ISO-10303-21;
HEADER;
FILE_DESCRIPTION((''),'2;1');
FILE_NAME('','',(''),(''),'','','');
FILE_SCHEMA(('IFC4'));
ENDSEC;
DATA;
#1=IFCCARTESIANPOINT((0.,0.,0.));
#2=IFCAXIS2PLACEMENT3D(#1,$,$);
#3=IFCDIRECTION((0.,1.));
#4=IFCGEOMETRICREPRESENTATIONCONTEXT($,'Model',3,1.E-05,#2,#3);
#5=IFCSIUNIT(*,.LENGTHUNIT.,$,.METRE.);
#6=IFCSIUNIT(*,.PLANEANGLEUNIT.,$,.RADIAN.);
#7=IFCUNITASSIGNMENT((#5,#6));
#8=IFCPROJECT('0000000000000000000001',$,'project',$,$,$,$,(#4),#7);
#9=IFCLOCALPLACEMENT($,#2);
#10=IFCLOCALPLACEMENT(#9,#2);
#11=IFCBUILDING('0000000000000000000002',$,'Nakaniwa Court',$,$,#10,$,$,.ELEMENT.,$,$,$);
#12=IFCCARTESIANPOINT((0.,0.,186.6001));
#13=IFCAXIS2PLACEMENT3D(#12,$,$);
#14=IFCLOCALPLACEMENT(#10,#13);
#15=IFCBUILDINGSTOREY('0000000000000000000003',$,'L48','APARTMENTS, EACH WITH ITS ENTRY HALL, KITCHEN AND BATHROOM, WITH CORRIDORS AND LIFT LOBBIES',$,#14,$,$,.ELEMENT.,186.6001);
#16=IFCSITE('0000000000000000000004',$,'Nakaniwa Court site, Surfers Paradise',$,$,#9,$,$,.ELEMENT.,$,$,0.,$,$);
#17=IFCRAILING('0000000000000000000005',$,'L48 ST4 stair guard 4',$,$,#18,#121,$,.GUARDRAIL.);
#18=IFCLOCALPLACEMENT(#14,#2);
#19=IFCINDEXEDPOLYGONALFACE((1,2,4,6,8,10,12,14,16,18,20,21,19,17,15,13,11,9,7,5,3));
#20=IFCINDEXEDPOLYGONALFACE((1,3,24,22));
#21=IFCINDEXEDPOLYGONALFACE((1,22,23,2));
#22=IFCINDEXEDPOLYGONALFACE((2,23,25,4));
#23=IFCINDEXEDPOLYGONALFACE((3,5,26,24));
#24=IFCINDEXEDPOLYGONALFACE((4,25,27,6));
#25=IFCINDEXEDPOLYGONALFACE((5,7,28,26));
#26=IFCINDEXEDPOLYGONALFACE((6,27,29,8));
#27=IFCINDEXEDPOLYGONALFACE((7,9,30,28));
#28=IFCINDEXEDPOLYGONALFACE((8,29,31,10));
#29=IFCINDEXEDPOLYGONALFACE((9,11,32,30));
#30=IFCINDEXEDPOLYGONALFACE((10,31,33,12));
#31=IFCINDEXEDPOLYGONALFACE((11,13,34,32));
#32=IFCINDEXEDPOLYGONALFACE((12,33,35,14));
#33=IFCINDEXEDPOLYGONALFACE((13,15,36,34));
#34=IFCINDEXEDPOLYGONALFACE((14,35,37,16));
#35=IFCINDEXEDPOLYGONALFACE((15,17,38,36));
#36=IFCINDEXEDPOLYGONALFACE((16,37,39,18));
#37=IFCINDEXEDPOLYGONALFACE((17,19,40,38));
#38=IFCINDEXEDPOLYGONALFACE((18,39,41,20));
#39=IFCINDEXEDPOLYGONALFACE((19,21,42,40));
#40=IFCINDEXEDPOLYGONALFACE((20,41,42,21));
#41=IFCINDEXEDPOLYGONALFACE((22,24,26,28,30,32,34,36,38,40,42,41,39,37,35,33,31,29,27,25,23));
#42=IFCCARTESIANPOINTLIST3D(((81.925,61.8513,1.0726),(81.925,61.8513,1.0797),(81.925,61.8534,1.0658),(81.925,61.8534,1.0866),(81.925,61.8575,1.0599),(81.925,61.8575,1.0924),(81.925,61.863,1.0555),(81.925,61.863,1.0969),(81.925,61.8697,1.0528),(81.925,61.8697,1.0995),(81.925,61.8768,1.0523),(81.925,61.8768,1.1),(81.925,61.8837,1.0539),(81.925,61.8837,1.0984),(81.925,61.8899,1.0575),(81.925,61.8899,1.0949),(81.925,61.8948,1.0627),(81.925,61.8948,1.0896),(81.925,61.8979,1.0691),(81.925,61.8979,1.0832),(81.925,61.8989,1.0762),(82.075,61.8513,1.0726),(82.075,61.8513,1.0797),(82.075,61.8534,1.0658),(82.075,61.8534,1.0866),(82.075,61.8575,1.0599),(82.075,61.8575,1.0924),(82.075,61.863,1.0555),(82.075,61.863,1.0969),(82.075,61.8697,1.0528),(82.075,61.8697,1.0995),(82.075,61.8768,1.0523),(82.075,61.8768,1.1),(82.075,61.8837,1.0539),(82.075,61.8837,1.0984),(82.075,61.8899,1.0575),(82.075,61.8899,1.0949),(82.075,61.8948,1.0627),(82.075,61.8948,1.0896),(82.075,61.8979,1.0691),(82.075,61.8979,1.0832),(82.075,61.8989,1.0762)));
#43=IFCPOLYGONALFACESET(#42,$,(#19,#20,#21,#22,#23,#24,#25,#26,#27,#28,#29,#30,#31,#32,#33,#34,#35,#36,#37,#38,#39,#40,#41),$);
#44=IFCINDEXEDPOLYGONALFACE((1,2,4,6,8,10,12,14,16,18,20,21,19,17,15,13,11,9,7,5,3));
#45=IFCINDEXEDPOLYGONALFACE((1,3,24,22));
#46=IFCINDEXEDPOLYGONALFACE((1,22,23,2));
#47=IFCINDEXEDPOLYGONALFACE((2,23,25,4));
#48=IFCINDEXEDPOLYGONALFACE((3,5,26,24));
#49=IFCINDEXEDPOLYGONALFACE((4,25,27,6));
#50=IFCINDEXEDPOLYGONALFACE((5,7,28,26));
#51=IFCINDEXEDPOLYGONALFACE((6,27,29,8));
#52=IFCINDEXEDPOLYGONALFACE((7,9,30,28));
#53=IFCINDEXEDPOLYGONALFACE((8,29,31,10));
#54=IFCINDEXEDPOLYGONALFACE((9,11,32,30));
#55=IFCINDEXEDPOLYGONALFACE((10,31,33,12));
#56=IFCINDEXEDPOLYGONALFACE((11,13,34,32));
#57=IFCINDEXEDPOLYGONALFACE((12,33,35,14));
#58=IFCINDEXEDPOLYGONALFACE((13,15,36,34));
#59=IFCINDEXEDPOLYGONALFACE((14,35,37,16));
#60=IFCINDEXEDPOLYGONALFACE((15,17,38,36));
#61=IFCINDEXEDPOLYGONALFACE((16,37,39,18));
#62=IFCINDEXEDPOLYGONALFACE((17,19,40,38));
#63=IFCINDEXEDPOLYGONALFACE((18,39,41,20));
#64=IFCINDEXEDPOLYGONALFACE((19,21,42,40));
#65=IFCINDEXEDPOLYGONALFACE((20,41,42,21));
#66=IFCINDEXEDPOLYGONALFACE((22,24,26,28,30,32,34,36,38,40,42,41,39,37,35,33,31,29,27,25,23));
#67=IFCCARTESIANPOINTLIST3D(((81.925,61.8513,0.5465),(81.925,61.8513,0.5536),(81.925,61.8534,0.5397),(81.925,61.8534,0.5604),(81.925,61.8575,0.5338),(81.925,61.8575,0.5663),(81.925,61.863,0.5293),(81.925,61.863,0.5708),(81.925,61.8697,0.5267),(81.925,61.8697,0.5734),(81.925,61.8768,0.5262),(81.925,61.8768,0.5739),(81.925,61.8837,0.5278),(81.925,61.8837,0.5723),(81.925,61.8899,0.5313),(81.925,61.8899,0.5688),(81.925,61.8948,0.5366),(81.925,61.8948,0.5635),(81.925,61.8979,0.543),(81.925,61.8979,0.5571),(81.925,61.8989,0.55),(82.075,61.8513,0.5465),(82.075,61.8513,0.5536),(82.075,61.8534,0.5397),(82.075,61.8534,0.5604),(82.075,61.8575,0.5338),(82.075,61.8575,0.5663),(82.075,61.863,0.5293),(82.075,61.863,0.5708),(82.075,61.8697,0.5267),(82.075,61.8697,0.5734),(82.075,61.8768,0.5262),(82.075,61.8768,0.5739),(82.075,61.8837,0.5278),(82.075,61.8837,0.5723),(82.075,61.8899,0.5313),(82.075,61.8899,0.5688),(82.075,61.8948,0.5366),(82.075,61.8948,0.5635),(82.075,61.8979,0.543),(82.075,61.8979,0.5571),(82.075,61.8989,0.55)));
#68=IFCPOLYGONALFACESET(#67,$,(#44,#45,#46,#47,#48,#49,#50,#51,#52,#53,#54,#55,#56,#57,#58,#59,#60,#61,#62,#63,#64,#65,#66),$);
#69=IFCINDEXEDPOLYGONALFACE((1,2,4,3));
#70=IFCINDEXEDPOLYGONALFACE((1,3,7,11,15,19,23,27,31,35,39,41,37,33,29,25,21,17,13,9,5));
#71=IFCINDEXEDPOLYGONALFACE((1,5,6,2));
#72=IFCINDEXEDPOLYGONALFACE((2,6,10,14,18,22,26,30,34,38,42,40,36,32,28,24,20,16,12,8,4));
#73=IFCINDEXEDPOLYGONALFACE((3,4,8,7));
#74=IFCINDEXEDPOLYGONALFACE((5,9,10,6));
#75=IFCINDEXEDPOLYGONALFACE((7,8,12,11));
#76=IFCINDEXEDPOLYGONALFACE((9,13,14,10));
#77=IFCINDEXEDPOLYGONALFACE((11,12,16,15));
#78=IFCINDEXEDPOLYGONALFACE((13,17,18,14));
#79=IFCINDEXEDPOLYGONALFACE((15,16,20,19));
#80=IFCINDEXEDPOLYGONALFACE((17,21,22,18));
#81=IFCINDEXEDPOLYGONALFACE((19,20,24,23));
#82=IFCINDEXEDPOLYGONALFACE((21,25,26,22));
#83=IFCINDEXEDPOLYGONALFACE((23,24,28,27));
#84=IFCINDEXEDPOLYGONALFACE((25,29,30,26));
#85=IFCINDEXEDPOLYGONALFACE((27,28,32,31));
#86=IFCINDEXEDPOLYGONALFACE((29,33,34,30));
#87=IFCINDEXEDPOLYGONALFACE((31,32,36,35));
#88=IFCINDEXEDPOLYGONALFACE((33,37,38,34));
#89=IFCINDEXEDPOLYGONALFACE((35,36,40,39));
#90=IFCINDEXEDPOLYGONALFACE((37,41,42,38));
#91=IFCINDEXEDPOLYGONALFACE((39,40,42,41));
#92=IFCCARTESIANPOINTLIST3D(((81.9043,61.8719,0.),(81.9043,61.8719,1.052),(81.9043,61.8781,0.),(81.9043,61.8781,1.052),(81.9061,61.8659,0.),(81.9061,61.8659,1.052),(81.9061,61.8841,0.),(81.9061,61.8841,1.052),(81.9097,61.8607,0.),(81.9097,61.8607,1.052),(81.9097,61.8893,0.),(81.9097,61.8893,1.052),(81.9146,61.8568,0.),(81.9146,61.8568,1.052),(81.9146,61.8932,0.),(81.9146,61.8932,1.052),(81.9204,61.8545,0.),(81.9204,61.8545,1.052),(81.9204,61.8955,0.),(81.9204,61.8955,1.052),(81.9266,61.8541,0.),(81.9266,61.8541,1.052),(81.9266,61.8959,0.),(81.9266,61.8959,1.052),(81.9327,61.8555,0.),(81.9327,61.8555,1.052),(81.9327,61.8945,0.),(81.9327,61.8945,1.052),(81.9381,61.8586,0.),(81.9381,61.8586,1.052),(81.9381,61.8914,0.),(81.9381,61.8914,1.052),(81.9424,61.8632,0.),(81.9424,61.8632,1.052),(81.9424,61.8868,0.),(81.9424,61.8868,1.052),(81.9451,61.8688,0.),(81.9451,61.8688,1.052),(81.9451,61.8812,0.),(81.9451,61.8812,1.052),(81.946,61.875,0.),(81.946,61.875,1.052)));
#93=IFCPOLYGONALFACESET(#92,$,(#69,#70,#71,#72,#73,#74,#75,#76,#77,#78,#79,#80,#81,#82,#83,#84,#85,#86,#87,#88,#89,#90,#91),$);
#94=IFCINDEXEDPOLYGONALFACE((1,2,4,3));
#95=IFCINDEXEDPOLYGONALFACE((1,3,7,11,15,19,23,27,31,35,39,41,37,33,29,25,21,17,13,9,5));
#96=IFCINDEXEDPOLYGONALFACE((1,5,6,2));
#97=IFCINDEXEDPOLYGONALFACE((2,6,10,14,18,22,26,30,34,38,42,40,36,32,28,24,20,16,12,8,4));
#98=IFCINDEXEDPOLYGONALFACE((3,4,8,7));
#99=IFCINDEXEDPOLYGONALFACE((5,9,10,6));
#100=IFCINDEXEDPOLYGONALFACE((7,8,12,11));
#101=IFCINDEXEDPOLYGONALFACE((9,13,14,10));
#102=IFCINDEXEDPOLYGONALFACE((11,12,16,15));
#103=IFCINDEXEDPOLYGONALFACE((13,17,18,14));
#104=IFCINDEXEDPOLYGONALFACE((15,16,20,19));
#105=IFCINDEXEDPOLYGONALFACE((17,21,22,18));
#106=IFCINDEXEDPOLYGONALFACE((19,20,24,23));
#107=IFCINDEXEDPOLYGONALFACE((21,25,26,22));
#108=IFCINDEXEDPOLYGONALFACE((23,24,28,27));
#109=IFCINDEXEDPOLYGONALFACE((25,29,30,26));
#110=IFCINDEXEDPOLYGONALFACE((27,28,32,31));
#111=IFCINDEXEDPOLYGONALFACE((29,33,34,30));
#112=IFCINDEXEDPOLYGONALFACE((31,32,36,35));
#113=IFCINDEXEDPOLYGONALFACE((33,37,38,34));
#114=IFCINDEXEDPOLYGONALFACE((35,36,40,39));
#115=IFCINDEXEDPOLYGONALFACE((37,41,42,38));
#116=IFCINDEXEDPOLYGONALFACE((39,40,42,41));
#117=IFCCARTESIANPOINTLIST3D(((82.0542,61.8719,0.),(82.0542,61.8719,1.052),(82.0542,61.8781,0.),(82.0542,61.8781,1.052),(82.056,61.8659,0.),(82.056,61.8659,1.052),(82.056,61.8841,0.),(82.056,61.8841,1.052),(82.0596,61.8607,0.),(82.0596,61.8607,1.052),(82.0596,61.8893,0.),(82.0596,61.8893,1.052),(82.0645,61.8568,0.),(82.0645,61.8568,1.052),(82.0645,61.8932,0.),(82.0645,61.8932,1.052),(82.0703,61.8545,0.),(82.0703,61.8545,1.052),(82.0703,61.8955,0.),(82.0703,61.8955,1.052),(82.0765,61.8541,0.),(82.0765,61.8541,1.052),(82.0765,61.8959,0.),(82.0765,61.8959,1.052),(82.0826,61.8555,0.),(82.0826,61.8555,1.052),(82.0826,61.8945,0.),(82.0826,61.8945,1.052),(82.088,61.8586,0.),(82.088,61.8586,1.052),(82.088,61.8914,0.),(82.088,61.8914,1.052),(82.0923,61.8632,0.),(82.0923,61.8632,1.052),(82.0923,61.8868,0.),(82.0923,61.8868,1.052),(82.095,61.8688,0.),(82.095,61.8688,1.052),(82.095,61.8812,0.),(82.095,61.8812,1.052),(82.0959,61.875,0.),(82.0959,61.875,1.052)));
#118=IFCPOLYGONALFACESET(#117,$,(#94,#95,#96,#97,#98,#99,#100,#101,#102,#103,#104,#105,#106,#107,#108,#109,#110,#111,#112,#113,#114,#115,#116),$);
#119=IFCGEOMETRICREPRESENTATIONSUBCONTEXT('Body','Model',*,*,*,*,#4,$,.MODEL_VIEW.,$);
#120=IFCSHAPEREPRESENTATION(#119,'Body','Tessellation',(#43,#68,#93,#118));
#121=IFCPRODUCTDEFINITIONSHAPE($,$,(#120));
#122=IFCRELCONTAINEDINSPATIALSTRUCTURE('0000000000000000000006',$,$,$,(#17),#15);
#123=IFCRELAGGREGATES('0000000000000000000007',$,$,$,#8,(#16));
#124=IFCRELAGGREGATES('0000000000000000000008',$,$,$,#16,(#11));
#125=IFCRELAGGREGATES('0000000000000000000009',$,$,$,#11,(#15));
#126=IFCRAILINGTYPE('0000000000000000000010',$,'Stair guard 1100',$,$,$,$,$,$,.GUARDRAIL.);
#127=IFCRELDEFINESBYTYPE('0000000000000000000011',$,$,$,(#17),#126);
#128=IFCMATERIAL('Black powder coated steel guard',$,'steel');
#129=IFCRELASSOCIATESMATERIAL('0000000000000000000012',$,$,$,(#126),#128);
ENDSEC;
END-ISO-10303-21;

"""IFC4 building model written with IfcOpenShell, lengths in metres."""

from ifc_helpers import new_model, si_unit, direction, frame, origin, origin_2d, place, context, subcontext, project, spatial, circle, extrude, material, type_object, element, save


model = new_model("IFC4")

# Units and contexts
model_context = context("Model", 3, precision=1e-05, world=origin(), true_north=direction((0.0, 1.0)))
body_context = subcontext(model_context, "Body", "Model", "MODEL_VIEW")
ifc_project = project(units=[si_unit("LENGTHUNIT", "METRE"), si_unit("PLANEANGLEUNIT", "RADIAN")], contexts=[model_context])

# Site, building, storey
site_placement = place(None, origin())
site = spatial("IfcSite", under=ifc_project, at=site_placement, Name="Nakaniwa Court site, Surfers Paradise", CompositionType="ELEMENT", RefElevation=0.0)
building_placement = place(site_placement, origin())
building = spatial("IfcBuilding", under=site, at=building_placement, Name="Nakaniwa Court", CompositionType="ELEMENT")
storey_placement = place(building_placement, frame((0.0, 0.0, 186.6001)))
storey = spatial("IfcBuildingStorey", under=building, at=storey_placement, Name="L48", Description="APARTMENTS, EACH WITH ITS ENTRY HALL, KITCHEN AND BATHROOM, WITH CORRIDORS AND LIFT LOBBIES", CompositionType="ELEMENT", Elevation=186.6001)

# Railing
ifc_material_1 = material(Name="Black powder coated steel guard", Category="steel")
railing_type_1 = type_object("IfcRailingType", Name="Stair guard 1100", PredefinedType="GUARDRAIL", material=ifc_material_1)
railing_1_placement = place(storey_placement, frame((81.925, 61.875, 0.0)))
element("IfcRailing", 1, at=railing_1_placement, inside=storey, type_object=railing_type_1, Name="L48 ST4 stair guard 4", PredefinedType="GUARDRAIL", context=body_context, shape_type="SweptSolid", body=[
    extrude(circle(Radius=0.0239, at=origin_2d()), frame((0.0, 0.0, 1.0762), z_axis=(1.0, 0.0, 0.0), x_axis=(0.0, 1.0, 0.0)), (0.0, 0.0, 1.0), 0.1499),
    extrude(circle(Radius=0.0239, at=origin_2d()), frame((0.0, 0.0, 0.55), z_axis=(1.0, 0.0, 0.0), x_axis=(0.0, 1.0, 0.0)), (0.0, 0.0, 1.0), 0.1499),
    extrude(circle(Radius=0.021, at=origin_2d()), origin(), (0.0, 0.0, 1.0), 1.052),
    extrude(circle(Radius=0.021, at=origin_2d()), frame((0.1499, 0.0, 0.0)), (0.0, 0.0, 1.0), 1.052),
])

save(model, "model.ifc")
